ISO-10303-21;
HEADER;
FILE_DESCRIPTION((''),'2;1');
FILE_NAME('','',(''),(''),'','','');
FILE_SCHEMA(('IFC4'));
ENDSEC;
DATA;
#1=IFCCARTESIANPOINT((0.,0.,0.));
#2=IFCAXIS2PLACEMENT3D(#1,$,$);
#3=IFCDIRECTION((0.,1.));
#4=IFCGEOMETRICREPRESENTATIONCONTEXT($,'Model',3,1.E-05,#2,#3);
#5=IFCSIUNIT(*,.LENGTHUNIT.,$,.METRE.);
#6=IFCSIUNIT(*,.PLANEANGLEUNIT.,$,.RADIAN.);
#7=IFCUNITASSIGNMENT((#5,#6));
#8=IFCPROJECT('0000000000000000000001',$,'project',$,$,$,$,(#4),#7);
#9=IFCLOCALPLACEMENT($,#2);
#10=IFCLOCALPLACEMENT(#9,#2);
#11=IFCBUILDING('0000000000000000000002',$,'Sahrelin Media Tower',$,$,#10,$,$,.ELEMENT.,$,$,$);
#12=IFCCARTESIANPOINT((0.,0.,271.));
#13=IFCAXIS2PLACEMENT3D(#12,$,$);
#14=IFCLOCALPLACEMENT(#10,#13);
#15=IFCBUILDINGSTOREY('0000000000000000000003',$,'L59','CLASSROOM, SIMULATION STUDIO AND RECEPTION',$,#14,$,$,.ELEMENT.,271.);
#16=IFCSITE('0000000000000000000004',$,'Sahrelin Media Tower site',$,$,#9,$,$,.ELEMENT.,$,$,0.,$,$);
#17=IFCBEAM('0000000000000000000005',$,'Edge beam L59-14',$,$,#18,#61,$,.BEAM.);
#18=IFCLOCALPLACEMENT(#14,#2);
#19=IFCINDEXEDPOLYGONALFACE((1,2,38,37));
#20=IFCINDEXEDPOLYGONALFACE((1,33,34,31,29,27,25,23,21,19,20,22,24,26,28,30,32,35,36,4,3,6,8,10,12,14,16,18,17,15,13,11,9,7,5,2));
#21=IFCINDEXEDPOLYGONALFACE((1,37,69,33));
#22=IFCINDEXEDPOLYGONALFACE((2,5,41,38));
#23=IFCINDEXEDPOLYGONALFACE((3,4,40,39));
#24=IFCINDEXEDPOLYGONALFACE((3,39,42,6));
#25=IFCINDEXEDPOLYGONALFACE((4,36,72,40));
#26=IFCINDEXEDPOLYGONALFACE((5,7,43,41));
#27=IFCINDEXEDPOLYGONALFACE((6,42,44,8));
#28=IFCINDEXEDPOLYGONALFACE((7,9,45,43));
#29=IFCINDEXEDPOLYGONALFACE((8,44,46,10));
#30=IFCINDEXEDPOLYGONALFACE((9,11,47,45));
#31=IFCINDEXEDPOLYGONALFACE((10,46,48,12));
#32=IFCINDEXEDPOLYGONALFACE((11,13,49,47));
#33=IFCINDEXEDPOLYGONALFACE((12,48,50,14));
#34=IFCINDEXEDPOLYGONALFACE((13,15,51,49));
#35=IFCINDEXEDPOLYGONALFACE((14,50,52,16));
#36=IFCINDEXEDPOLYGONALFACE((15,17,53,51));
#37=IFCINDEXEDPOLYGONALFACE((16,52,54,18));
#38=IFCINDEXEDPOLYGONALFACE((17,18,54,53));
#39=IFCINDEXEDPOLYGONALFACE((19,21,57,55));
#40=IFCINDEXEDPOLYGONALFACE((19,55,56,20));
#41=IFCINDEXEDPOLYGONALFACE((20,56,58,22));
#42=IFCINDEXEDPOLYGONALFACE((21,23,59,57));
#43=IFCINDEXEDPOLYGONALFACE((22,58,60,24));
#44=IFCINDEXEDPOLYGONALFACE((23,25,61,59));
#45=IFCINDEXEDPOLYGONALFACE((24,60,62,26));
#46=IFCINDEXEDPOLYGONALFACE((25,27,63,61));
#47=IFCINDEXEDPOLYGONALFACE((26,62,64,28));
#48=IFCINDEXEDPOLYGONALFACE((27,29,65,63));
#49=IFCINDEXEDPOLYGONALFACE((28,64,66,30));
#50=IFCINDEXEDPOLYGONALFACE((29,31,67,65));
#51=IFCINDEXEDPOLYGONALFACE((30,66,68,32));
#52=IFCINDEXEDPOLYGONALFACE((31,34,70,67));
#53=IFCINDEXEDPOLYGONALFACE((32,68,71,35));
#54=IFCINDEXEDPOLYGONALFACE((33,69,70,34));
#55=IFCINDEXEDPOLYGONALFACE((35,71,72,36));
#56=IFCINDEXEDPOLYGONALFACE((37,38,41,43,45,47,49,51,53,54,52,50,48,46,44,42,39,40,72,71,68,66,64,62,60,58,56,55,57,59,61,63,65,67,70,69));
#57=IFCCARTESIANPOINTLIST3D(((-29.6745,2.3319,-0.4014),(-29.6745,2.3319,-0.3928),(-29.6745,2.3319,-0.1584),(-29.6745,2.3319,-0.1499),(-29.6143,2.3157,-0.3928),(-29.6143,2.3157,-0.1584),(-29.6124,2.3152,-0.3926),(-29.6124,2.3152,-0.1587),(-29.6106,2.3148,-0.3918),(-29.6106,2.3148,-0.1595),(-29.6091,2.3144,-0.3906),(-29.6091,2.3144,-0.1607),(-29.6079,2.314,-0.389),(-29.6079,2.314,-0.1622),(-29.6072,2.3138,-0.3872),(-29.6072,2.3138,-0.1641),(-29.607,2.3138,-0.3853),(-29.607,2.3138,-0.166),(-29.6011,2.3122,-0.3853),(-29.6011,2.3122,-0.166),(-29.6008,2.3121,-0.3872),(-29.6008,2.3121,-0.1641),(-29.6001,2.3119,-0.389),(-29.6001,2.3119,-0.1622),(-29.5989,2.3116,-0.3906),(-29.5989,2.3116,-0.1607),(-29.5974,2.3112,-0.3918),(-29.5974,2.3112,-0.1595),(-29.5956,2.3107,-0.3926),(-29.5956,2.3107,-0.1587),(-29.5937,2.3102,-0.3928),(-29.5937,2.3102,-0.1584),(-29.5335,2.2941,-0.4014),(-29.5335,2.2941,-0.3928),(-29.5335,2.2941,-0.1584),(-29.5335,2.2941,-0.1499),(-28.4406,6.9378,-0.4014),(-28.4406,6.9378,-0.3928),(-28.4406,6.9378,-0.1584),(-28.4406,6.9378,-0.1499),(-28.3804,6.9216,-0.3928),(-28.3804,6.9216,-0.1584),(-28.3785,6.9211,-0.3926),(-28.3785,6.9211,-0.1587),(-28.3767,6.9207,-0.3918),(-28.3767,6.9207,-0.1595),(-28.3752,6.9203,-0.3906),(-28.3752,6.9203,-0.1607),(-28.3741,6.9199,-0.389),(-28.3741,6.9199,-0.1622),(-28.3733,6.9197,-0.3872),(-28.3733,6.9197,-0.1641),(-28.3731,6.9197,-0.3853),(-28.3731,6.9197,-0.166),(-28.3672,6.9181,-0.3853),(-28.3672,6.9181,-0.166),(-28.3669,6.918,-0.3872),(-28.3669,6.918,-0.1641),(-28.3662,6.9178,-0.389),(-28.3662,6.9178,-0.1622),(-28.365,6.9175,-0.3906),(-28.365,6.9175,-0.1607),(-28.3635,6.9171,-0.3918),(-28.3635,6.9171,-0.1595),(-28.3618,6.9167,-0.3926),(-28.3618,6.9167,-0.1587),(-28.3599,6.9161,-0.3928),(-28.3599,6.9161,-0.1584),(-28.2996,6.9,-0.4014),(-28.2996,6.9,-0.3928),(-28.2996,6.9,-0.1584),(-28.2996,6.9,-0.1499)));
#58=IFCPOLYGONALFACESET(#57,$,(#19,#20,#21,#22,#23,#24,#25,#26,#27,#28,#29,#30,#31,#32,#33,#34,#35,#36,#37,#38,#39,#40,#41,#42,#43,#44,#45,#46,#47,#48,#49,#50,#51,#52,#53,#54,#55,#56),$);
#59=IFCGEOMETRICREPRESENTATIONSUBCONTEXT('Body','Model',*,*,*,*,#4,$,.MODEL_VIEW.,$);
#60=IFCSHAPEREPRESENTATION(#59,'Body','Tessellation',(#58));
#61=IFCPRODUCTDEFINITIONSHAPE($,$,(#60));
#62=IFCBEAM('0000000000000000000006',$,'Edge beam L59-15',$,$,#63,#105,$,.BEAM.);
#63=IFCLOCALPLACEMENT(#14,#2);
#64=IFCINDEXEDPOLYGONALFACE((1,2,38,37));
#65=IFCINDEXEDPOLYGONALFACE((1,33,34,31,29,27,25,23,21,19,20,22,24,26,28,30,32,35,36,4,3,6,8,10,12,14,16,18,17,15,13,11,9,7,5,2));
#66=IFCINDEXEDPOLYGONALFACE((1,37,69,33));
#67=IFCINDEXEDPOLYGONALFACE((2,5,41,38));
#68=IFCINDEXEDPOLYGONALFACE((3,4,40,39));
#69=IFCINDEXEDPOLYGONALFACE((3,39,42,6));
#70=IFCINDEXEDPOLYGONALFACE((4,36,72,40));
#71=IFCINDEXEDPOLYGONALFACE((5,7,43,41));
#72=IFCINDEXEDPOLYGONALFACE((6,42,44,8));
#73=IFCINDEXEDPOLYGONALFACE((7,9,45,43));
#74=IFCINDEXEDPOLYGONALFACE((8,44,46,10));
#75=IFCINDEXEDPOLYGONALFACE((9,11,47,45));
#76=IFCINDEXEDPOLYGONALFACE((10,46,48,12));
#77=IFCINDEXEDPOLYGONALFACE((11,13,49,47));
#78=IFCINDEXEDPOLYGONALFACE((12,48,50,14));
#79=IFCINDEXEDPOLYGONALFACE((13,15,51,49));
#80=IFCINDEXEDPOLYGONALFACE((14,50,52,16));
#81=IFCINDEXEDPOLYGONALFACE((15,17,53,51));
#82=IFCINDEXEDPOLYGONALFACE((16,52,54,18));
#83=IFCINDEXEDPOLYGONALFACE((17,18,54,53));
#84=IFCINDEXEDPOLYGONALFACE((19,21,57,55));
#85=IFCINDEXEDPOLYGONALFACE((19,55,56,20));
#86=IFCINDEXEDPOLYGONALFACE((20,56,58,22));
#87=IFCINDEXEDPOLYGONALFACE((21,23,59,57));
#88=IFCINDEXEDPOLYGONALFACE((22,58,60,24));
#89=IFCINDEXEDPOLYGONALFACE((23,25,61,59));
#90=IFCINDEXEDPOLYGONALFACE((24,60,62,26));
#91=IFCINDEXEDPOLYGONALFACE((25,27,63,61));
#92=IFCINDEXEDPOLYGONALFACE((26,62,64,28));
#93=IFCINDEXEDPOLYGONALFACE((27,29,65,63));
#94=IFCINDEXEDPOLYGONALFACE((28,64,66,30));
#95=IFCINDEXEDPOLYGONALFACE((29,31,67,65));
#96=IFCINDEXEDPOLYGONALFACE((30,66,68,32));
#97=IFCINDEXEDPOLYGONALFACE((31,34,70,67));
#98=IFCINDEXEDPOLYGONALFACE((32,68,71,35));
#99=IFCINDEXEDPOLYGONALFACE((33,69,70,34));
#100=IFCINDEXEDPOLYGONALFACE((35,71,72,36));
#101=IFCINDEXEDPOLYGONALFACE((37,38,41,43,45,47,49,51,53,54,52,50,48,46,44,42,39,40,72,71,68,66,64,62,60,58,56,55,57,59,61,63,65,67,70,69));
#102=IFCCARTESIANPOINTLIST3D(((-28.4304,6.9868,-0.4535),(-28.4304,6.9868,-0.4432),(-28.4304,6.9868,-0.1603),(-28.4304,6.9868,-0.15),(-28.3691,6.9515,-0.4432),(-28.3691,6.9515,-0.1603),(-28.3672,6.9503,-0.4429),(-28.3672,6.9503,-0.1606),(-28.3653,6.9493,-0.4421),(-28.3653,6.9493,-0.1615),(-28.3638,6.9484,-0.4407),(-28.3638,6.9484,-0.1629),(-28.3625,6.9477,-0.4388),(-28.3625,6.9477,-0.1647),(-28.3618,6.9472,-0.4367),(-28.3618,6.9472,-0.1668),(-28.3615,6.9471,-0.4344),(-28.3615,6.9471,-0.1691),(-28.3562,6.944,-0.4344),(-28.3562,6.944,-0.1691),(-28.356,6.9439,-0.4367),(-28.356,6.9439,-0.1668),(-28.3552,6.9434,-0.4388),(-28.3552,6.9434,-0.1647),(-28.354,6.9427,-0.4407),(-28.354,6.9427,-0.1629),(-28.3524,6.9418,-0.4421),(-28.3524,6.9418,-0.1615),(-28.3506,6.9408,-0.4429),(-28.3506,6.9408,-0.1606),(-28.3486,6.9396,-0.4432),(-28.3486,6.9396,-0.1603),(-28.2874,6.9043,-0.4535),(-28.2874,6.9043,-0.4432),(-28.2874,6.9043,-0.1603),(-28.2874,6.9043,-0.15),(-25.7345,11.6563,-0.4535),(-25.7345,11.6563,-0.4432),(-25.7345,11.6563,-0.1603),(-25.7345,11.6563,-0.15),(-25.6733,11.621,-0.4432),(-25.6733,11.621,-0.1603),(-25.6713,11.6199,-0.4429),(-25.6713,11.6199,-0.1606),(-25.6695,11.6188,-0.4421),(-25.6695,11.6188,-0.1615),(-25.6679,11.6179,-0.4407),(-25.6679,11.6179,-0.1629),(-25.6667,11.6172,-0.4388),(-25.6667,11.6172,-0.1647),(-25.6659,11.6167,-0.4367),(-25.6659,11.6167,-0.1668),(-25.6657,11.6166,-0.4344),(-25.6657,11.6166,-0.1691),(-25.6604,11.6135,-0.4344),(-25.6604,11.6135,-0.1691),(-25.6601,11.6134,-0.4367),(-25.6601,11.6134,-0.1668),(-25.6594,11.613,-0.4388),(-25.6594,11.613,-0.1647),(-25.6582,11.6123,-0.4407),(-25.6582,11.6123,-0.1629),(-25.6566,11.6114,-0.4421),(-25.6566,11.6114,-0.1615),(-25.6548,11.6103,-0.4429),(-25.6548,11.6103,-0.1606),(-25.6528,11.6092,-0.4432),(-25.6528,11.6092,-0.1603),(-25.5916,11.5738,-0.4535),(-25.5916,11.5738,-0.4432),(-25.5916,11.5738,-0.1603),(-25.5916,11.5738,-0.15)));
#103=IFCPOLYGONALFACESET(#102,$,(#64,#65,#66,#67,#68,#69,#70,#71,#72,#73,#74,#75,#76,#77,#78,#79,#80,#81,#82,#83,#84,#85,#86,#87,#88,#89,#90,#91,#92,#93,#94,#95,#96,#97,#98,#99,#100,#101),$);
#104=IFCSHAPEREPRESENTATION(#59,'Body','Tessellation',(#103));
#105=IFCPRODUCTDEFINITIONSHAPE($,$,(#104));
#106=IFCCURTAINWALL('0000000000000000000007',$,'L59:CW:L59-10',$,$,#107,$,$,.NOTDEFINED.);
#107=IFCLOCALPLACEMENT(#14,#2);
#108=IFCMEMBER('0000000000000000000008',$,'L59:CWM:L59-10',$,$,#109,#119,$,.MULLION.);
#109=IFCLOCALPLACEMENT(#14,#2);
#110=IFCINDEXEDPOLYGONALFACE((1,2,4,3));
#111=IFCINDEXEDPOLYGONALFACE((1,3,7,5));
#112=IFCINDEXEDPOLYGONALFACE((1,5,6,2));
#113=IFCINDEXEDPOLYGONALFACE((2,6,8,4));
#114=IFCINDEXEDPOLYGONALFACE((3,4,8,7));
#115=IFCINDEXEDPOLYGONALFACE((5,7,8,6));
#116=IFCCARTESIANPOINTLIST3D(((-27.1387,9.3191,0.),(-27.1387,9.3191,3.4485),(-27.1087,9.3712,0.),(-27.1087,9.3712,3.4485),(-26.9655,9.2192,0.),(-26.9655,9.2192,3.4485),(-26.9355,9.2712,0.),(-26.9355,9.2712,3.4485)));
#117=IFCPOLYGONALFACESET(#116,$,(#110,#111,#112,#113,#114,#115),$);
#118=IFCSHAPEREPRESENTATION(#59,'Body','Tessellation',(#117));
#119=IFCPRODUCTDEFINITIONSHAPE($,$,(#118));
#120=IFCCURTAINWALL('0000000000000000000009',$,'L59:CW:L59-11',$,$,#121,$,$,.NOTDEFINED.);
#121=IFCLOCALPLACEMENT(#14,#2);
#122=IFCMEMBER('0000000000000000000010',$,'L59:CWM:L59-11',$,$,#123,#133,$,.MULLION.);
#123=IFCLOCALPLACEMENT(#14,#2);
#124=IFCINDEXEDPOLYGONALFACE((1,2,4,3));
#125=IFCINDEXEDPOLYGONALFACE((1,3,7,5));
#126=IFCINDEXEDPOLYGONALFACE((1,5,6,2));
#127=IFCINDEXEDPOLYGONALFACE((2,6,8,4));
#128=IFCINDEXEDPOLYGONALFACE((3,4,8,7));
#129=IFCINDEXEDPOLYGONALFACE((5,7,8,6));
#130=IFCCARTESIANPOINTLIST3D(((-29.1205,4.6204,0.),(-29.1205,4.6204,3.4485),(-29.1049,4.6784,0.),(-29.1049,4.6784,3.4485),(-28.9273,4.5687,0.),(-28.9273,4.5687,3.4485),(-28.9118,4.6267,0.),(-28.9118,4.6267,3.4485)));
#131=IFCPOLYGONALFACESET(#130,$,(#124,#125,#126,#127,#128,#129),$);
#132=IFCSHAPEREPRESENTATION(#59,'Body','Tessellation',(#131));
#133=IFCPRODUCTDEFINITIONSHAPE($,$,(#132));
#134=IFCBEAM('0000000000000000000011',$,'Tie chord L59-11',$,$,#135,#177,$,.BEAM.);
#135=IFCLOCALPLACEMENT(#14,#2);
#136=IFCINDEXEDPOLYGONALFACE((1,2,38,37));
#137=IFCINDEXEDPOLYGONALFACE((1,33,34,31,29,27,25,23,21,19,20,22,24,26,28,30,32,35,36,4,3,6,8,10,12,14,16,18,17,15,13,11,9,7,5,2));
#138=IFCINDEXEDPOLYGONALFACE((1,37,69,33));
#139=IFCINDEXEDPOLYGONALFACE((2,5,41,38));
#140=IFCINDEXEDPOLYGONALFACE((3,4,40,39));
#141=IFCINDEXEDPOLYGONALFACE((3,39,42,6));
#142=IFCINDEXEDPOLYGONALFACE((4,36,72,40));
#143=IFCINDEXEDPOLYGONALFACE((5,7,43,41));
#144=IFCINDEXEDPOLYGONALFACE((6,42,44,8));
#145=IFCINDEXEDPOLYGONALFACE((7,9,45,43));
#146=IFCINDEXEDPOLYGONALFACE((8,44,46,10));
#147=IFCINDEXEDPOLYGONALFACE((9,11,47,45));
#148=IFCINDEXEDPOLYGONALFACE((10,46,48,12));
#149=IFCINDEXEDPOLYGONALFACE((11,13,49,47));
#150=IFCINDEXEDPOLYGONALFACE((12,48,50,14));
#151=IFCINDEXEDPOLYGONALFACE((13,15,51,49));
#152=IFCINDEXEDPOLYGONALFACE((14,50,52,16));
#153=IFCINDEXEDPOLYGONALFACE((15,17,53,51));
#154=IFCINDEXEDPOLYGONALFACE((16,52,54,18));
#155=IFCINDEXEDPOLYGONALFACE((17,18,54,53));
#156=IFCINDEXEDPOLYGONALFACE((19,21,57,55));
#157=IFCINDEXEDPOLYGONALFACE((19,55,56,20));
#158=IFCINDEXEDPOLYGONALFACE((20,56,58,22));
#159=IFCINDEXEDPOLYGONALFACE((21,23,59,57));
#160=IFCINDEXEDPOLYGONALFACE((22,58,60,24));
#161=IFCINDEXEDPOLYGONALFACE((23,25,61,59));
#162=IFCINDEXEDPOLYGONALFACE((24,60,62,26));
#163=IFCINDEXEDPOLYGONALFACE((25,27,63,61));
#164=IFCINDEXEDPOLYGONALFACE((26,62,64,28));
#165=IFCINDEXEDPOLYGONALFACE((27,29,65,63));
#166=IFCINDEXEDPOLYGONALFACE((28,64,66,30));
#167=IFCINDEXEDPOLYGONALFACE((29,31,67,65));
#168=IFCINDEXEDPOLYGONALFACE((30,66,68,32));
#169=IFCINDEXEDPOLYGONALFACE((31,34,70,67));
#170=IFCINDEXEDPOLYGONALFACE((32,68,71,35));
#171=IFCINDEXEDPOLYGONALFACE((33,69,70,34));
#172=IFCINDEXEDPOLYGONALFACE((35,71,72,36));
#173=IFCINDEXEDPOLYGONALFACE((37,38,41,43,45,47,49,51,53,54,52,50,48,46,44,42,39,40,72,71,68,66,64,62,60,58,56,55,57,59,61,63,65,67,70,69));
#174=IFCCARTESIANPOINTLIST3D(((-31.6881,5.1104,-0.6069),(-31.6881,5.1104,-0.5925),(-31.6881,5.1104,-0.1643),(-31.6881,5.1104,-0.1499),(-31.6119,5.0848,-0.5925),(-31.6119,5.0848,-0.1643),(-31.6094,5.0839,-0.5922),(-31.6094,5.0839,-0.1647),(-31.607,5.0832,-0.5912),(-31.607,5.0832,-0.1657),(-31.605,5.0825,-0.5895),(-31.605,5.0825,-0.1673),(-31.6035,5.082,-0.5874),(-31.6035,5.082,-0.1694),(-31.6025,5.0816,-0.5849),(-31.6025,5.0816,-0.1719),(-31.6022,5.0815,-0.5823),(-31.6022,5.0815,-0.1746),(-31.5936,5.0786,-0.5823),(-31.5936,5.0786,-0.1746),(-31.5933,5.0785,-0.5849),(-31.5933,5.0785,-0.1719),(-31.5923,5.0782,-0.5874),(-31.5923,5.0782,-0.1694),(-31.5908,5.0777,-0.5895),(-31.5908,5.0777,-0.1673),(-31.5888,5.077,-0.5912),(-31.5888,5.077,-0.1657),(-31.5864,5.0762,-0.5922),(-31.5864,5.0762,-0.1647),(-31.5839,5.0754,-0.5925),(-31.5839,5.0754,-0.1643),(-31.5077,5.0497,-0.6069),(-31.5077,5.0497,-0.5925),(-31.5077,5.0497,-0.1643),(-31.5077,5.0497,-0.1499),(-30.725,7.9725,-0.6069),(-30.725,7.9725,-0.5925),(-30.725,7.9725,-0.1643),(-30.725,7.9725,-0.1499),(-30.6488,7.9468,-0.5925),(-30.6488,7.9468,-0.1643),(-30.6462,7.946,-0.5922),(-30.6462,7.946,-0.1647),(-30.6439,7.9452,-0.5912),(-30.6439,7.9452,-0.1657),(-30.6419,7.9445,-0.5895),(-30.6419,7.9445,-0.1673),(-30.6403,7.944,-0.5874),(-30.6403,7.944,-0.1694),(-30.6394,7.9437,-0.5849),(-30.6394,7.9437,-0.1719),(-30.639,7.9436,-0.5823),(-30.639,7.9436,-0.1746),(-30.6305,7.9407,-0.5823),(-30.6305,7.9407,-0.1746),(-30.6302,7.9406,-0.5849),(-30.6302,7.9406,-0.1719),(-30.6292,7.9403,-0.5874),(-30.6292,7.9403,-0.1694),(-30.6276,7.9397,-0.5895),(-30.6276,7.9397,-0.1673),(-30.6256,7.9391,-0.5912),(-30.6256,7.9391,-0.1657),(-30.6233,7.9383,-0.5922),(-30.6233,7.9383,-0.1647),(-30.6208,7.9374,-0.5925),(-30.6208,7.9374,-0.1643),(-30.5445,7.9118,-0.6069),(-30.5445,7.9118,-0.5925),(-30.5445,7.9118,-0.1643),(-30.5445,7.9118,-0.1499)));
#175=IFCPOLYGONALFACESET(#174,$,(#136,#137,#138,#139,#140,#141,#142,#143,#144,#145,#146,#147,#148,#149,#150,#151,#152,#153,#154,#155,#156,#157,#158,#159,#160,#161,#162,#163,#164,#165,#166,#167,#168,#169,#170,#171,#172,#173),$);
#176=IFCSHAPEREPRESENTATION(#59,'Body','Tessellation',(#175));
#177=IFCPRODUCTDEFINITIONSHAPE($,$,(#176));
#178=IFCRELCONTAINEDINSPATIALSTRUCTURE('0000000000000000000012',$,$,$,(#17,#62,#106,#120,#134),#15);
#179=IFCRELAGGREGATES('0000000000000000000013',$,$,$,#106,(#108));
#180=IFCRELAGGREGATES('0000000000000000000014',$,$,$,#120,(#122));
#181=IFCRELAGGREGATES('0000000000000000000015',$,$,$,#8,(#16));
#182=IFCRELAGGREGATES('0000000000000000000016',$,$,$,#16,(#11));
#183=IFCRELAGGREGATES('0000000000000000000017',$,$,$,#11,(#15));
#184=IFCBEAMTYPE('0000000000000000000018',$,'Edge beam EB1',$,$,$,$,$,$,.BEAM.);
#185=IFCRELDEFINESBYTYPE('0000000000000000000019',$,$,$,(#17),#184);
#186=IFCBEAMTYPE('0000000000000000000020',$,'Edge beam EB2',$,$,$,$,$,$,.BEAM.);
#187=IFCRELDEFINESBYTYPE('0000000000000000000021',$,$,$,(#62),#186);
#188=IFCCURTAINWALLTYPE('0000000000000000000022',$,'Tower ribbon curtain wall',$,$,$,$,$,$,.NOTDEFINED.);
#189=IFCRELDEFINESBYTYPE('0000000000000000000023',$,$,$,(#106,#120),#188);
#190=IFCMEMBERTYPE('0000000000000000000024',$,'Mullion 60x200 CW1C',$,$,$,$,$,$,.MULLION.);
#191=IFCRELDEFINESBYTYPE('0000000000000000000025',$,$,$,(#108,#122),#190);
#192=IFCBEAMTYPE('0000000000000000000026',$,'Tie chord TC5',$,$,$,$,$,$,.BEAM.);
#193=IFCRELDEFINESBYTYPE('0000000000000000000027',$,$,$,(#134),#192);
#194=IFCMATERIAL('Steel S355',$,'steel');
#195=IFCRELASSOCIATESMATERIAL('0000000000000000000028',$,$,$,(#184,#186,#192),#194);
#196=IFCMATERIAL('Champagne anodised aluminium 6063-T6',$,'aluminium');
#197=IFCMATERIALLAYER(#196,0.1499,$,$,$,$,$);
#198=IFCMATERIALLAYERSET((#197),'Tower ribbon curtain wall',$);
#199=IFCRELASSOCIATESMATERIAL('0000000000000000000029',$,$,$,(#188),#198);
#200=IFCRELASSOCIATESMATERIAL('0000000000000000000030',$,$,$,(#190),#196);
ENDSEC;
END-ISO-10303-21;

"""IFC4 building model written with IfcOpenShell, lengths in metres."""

from ifc_helpers import new_model, si_unit, direction, frame, origin, origin_2d, place, context, subcontext, project, spatial, rectangle, i_section, extrude, material, layer, layer_set, material_profile, profile_set, type_object, element, aggregate, save


model = new_model("IFC4")

# Units and contexts
model_context = context("Model", 3, precision=1e-05, world=origin(), true_north=direction((0.0, 1.0)))
body_context = subcontext(model_context, "Body", "Model", "MODEL_VIEW")
ifc_project = project(units=[si_unit("LENGTHUNIT", "METRE"), si_unit("PLANEANGLEUNIT", "RADIAN")], contexts=[model_context])

# Site, building, storey
site_placement = place(None, origin())
site = spatial("IfcSite", under=ifc_project, at=site_placement, Name="Sahrelin Media Tower site", CompositionType="ELEMENT", RefElevation=0.0)
building_placement = place(site_placement, origin())
building = spatial("IfcBuilding", under=site, at=building_placement, Name="Sahrelin Media Tower", CompositionType="ELEMENT")
storey_placement = place(building_placement, frame((0.0, 0.0, 271.0)))
storey = spatial("IfcBuildingStorey", under=building, at=storey_placement, Name="L59", Description="CLASSROOM, SIMULATION STUDIO AND RECEPTION", CompositionType="ELEMENT", Elevation=271.0)

# Beams
ifc_material_1 = material(Name="Steel S355", Category="steel")
ifc_material_profile_1 = material_profile(ifc_material_1, i_section(OverallWidth=0.146, OverallDepth=0.2515, WebThickness=0.0061, FlangeThickness=0.0085, FilletRadius=0.0076, at=origin_2d()), Name="UB 254x146x31")
ifc_profile_set_1 = profile_set([ifc_material_profile_1], Name="Steel S355")
beam_type_1 = type_object("IfcBeamType", Name="Edge beam EB1", PredefinedType="BEAM", material=ifc_profile_set_1)
beam_1_placement = place(storey_placement, frame((-29.604, 2.313, -0.2756), z_axis=(0.258765, 0.96594, 0.0), x_axis=(-0.96594, 0.258765, 0.0)))
element("IfcBeam", 1, at=beam_1_placement, inside=storey, type_object=beam_type_1, Name="Edge beam L59-14", PredefinedType="BEAM", context=body_context, shape_type="SweptSolid", body=[
    extrude(i_section(OverallWidth=0.146, OverallDepth=0.2515, WebThickness=0.0061, FlangeThickness=0.0085, FilletRadius=0.0076, at=origin_2d()), origin(), (0.0, 0.0, 1.0), 4.7683),
])
ifc_material_profile_2 = material_profile(ifc_material_1, i_section(OverallWidth=0.165, OverallDepth=0.3035, WebThickness=0.0061, FlangeThickness=0.0103, FilletRadius=0.0088, at=origin_2d()), Name="UB 305x165x40")
ifc_profile_set_2 = profile_set([ifc_material_profile_2], Name="Steel S355")
beam_type_2 = type_object("IfcBeamType", Name="Edge beam EB2", PredefinedType="BEAM", material=ifc_profile_set_2)
beam_2_placement = place(storey_placement, frame((-28.3589, 6.9456, -0.3018), z_axis=(0.499986, 0.866033, 0.0), x_axis=(-0.866033, 0.499986, 0.0)))
element("IfcBeam", 2, at=beam_2_placement, inside=storey, type_object=beam_type_2, Name="Edge beam L59-15", PredefinedType="BEAM", context=body_context, shape_type="SweptSolid", body=[
    extrude(i_section(OverallWidth=0.165, OverallDepth=0.3035, WebThickness=0.0061, FlangeThickness=0.0103, FilletRadius=0.0088, at=origin_2d()), origin(), (0.0, 0.0, 1.0), 5.3918),
])

# Curtain walls, members
ifc_material_2 = material(Name="Champagne anodised aluminium 6063-T6", Category="aluminium")
ifc_layer_1 = layer(ifc_material_2, 0.1499)
ifc_layer_set_1 = layer_set([ifc_layer_1], Name="Tower ribbon curtain wall")
curtain_wall_type = type_object("IfcCurtainWallType", Name="Tower ribbon curtain wall", PredefinedType="NOTDEFINED", material=ifc_layer_set_1)
curtain_wall_1_placement = place(storey_placement, frame((-27.1411, 9.3552, 0.0), z_axis=(0.0, 0.0, 1.0), x_axis=(1.0, 0.0, 0.0)))
curtain_wall_1 = element("IfcCurtainWall", 3, at=curtain_wall_1_placement, inside=storey, type_object=curtain_wall_type, Name="L59:CW:L59-10", PredefinedType="NOTDEFINED")
ifc_material_profile_3 = material_profile(ifc_material_2, rectangle(XDim=0.0601, YDim=0.2, at=origin_2d()), Name="Mullion 60x200")
ifc_profile_set_3 = profile_set([ifc_material_profile_3], Name="Champagne anodised aluminium 6063-T6")
member_type_1 = type_object("IfcMemberType", Name="Mullion 60x200 CW1C", PredefinedType="MULLION", material=ifc_profile_set_3)
member_1_placement = place(storey_placement, frame((-27.0371, 9.2952, 0.0), z_axis=(0.0, 0.0, 1.0), x_axis=(-0.499989, -0.866032, 0.0)))
member_1 = element("IfcMember", 4, at=member_1_placement, type_object=member_type_1, Name="L59:CWM:L59-10", PredefinedType="MULLION", context=body_context, shape_type="SweptSolid", body=[
    extrude(rectangle(XDim=0.0601, YDim=0.2, at=origin_2d()), origin(), (0.0, 0.0, 1.0), 3.4485),
])
curtain_wall_2_placement = place(storey_placement, frame((-29.1321, 4.6548, 0.0), z_axis=(0.0, 0.0, 1.0), x_axis=(1.0, 0.0, 0.0)))
curtain_wall_2 = element("IfcCurtainWall", 5, at=curtain_wall_2_placement, inside=storey, type_object=curtain_wall_type, Name="L59:CW:L59-11", PredefinedType="NOTDEFINED")
member_2_placement = place(storey_placement, frame((-29.0161, 4.6235, 0.0), z_axis=(0.0, 0.0, 1.0), x_axis=(-0.258817, -0.965926, 0.0)))
member_2 = element("IfcMember", 6, at=member_2_placement, type_object=member_type_1, Name="L59:CWM:L59-11", PredefinedType="MULLION", context=body_context, shape_type="SweptSolid", body=[
    extrude(rectangle(XDim=0.0601, YDim=0.2, at=origin_2d()), origin(), (0.0, 0.0, 1.0), 3.4485),
])

# Beam
ifc_material_profile_4 = material_profile(ifc_material_1, i_section(OverallWidth=0.1904, OverallDepth=0.457, WebThickness=0.009, FlangeThickness=0.0144, FilletRadius=0.0103, at=origin_2d()), Name="UB 457x191x74")
ifc_profile_set_4 = profile_set([ifc_material_profile_4], Name="Steel S355")
beam_type_3 = type_object("IfcBeamType", Name="Tie chord TC5", PredefinedType="BEAM", material=ifc_profile_set_4)
beam_3_placement = place(storey_placement, frame((-30.6348, 7.9421, -0.3784), z_axis=(-0.318943, -0.947774, 0.0), x_axis=(0.947774, -0.318943, 0.0)))
element("IfcBeam", 7, at=beam_3_placement, inside=storey, type_object=beam_type_3, Name="Tie chord L59-11", PredefinedType="BEAM", context=body_context, shape_type="SweptSolid", body=[
    extrude(i_section(OverallWidth=0.1904, OverallDepth=0.457, WebThickness=0.009, FlangeThickness=0.0144, FilletRadius=0.0103, at=origin_2d()), origin(), (0.0, 0.0, 1.0), 3.0198),
])

aggregate(curtain_wall_1, [member_1])

aggregate(curtain_wall_2, [member_2])

save(model, "model.ifc")
